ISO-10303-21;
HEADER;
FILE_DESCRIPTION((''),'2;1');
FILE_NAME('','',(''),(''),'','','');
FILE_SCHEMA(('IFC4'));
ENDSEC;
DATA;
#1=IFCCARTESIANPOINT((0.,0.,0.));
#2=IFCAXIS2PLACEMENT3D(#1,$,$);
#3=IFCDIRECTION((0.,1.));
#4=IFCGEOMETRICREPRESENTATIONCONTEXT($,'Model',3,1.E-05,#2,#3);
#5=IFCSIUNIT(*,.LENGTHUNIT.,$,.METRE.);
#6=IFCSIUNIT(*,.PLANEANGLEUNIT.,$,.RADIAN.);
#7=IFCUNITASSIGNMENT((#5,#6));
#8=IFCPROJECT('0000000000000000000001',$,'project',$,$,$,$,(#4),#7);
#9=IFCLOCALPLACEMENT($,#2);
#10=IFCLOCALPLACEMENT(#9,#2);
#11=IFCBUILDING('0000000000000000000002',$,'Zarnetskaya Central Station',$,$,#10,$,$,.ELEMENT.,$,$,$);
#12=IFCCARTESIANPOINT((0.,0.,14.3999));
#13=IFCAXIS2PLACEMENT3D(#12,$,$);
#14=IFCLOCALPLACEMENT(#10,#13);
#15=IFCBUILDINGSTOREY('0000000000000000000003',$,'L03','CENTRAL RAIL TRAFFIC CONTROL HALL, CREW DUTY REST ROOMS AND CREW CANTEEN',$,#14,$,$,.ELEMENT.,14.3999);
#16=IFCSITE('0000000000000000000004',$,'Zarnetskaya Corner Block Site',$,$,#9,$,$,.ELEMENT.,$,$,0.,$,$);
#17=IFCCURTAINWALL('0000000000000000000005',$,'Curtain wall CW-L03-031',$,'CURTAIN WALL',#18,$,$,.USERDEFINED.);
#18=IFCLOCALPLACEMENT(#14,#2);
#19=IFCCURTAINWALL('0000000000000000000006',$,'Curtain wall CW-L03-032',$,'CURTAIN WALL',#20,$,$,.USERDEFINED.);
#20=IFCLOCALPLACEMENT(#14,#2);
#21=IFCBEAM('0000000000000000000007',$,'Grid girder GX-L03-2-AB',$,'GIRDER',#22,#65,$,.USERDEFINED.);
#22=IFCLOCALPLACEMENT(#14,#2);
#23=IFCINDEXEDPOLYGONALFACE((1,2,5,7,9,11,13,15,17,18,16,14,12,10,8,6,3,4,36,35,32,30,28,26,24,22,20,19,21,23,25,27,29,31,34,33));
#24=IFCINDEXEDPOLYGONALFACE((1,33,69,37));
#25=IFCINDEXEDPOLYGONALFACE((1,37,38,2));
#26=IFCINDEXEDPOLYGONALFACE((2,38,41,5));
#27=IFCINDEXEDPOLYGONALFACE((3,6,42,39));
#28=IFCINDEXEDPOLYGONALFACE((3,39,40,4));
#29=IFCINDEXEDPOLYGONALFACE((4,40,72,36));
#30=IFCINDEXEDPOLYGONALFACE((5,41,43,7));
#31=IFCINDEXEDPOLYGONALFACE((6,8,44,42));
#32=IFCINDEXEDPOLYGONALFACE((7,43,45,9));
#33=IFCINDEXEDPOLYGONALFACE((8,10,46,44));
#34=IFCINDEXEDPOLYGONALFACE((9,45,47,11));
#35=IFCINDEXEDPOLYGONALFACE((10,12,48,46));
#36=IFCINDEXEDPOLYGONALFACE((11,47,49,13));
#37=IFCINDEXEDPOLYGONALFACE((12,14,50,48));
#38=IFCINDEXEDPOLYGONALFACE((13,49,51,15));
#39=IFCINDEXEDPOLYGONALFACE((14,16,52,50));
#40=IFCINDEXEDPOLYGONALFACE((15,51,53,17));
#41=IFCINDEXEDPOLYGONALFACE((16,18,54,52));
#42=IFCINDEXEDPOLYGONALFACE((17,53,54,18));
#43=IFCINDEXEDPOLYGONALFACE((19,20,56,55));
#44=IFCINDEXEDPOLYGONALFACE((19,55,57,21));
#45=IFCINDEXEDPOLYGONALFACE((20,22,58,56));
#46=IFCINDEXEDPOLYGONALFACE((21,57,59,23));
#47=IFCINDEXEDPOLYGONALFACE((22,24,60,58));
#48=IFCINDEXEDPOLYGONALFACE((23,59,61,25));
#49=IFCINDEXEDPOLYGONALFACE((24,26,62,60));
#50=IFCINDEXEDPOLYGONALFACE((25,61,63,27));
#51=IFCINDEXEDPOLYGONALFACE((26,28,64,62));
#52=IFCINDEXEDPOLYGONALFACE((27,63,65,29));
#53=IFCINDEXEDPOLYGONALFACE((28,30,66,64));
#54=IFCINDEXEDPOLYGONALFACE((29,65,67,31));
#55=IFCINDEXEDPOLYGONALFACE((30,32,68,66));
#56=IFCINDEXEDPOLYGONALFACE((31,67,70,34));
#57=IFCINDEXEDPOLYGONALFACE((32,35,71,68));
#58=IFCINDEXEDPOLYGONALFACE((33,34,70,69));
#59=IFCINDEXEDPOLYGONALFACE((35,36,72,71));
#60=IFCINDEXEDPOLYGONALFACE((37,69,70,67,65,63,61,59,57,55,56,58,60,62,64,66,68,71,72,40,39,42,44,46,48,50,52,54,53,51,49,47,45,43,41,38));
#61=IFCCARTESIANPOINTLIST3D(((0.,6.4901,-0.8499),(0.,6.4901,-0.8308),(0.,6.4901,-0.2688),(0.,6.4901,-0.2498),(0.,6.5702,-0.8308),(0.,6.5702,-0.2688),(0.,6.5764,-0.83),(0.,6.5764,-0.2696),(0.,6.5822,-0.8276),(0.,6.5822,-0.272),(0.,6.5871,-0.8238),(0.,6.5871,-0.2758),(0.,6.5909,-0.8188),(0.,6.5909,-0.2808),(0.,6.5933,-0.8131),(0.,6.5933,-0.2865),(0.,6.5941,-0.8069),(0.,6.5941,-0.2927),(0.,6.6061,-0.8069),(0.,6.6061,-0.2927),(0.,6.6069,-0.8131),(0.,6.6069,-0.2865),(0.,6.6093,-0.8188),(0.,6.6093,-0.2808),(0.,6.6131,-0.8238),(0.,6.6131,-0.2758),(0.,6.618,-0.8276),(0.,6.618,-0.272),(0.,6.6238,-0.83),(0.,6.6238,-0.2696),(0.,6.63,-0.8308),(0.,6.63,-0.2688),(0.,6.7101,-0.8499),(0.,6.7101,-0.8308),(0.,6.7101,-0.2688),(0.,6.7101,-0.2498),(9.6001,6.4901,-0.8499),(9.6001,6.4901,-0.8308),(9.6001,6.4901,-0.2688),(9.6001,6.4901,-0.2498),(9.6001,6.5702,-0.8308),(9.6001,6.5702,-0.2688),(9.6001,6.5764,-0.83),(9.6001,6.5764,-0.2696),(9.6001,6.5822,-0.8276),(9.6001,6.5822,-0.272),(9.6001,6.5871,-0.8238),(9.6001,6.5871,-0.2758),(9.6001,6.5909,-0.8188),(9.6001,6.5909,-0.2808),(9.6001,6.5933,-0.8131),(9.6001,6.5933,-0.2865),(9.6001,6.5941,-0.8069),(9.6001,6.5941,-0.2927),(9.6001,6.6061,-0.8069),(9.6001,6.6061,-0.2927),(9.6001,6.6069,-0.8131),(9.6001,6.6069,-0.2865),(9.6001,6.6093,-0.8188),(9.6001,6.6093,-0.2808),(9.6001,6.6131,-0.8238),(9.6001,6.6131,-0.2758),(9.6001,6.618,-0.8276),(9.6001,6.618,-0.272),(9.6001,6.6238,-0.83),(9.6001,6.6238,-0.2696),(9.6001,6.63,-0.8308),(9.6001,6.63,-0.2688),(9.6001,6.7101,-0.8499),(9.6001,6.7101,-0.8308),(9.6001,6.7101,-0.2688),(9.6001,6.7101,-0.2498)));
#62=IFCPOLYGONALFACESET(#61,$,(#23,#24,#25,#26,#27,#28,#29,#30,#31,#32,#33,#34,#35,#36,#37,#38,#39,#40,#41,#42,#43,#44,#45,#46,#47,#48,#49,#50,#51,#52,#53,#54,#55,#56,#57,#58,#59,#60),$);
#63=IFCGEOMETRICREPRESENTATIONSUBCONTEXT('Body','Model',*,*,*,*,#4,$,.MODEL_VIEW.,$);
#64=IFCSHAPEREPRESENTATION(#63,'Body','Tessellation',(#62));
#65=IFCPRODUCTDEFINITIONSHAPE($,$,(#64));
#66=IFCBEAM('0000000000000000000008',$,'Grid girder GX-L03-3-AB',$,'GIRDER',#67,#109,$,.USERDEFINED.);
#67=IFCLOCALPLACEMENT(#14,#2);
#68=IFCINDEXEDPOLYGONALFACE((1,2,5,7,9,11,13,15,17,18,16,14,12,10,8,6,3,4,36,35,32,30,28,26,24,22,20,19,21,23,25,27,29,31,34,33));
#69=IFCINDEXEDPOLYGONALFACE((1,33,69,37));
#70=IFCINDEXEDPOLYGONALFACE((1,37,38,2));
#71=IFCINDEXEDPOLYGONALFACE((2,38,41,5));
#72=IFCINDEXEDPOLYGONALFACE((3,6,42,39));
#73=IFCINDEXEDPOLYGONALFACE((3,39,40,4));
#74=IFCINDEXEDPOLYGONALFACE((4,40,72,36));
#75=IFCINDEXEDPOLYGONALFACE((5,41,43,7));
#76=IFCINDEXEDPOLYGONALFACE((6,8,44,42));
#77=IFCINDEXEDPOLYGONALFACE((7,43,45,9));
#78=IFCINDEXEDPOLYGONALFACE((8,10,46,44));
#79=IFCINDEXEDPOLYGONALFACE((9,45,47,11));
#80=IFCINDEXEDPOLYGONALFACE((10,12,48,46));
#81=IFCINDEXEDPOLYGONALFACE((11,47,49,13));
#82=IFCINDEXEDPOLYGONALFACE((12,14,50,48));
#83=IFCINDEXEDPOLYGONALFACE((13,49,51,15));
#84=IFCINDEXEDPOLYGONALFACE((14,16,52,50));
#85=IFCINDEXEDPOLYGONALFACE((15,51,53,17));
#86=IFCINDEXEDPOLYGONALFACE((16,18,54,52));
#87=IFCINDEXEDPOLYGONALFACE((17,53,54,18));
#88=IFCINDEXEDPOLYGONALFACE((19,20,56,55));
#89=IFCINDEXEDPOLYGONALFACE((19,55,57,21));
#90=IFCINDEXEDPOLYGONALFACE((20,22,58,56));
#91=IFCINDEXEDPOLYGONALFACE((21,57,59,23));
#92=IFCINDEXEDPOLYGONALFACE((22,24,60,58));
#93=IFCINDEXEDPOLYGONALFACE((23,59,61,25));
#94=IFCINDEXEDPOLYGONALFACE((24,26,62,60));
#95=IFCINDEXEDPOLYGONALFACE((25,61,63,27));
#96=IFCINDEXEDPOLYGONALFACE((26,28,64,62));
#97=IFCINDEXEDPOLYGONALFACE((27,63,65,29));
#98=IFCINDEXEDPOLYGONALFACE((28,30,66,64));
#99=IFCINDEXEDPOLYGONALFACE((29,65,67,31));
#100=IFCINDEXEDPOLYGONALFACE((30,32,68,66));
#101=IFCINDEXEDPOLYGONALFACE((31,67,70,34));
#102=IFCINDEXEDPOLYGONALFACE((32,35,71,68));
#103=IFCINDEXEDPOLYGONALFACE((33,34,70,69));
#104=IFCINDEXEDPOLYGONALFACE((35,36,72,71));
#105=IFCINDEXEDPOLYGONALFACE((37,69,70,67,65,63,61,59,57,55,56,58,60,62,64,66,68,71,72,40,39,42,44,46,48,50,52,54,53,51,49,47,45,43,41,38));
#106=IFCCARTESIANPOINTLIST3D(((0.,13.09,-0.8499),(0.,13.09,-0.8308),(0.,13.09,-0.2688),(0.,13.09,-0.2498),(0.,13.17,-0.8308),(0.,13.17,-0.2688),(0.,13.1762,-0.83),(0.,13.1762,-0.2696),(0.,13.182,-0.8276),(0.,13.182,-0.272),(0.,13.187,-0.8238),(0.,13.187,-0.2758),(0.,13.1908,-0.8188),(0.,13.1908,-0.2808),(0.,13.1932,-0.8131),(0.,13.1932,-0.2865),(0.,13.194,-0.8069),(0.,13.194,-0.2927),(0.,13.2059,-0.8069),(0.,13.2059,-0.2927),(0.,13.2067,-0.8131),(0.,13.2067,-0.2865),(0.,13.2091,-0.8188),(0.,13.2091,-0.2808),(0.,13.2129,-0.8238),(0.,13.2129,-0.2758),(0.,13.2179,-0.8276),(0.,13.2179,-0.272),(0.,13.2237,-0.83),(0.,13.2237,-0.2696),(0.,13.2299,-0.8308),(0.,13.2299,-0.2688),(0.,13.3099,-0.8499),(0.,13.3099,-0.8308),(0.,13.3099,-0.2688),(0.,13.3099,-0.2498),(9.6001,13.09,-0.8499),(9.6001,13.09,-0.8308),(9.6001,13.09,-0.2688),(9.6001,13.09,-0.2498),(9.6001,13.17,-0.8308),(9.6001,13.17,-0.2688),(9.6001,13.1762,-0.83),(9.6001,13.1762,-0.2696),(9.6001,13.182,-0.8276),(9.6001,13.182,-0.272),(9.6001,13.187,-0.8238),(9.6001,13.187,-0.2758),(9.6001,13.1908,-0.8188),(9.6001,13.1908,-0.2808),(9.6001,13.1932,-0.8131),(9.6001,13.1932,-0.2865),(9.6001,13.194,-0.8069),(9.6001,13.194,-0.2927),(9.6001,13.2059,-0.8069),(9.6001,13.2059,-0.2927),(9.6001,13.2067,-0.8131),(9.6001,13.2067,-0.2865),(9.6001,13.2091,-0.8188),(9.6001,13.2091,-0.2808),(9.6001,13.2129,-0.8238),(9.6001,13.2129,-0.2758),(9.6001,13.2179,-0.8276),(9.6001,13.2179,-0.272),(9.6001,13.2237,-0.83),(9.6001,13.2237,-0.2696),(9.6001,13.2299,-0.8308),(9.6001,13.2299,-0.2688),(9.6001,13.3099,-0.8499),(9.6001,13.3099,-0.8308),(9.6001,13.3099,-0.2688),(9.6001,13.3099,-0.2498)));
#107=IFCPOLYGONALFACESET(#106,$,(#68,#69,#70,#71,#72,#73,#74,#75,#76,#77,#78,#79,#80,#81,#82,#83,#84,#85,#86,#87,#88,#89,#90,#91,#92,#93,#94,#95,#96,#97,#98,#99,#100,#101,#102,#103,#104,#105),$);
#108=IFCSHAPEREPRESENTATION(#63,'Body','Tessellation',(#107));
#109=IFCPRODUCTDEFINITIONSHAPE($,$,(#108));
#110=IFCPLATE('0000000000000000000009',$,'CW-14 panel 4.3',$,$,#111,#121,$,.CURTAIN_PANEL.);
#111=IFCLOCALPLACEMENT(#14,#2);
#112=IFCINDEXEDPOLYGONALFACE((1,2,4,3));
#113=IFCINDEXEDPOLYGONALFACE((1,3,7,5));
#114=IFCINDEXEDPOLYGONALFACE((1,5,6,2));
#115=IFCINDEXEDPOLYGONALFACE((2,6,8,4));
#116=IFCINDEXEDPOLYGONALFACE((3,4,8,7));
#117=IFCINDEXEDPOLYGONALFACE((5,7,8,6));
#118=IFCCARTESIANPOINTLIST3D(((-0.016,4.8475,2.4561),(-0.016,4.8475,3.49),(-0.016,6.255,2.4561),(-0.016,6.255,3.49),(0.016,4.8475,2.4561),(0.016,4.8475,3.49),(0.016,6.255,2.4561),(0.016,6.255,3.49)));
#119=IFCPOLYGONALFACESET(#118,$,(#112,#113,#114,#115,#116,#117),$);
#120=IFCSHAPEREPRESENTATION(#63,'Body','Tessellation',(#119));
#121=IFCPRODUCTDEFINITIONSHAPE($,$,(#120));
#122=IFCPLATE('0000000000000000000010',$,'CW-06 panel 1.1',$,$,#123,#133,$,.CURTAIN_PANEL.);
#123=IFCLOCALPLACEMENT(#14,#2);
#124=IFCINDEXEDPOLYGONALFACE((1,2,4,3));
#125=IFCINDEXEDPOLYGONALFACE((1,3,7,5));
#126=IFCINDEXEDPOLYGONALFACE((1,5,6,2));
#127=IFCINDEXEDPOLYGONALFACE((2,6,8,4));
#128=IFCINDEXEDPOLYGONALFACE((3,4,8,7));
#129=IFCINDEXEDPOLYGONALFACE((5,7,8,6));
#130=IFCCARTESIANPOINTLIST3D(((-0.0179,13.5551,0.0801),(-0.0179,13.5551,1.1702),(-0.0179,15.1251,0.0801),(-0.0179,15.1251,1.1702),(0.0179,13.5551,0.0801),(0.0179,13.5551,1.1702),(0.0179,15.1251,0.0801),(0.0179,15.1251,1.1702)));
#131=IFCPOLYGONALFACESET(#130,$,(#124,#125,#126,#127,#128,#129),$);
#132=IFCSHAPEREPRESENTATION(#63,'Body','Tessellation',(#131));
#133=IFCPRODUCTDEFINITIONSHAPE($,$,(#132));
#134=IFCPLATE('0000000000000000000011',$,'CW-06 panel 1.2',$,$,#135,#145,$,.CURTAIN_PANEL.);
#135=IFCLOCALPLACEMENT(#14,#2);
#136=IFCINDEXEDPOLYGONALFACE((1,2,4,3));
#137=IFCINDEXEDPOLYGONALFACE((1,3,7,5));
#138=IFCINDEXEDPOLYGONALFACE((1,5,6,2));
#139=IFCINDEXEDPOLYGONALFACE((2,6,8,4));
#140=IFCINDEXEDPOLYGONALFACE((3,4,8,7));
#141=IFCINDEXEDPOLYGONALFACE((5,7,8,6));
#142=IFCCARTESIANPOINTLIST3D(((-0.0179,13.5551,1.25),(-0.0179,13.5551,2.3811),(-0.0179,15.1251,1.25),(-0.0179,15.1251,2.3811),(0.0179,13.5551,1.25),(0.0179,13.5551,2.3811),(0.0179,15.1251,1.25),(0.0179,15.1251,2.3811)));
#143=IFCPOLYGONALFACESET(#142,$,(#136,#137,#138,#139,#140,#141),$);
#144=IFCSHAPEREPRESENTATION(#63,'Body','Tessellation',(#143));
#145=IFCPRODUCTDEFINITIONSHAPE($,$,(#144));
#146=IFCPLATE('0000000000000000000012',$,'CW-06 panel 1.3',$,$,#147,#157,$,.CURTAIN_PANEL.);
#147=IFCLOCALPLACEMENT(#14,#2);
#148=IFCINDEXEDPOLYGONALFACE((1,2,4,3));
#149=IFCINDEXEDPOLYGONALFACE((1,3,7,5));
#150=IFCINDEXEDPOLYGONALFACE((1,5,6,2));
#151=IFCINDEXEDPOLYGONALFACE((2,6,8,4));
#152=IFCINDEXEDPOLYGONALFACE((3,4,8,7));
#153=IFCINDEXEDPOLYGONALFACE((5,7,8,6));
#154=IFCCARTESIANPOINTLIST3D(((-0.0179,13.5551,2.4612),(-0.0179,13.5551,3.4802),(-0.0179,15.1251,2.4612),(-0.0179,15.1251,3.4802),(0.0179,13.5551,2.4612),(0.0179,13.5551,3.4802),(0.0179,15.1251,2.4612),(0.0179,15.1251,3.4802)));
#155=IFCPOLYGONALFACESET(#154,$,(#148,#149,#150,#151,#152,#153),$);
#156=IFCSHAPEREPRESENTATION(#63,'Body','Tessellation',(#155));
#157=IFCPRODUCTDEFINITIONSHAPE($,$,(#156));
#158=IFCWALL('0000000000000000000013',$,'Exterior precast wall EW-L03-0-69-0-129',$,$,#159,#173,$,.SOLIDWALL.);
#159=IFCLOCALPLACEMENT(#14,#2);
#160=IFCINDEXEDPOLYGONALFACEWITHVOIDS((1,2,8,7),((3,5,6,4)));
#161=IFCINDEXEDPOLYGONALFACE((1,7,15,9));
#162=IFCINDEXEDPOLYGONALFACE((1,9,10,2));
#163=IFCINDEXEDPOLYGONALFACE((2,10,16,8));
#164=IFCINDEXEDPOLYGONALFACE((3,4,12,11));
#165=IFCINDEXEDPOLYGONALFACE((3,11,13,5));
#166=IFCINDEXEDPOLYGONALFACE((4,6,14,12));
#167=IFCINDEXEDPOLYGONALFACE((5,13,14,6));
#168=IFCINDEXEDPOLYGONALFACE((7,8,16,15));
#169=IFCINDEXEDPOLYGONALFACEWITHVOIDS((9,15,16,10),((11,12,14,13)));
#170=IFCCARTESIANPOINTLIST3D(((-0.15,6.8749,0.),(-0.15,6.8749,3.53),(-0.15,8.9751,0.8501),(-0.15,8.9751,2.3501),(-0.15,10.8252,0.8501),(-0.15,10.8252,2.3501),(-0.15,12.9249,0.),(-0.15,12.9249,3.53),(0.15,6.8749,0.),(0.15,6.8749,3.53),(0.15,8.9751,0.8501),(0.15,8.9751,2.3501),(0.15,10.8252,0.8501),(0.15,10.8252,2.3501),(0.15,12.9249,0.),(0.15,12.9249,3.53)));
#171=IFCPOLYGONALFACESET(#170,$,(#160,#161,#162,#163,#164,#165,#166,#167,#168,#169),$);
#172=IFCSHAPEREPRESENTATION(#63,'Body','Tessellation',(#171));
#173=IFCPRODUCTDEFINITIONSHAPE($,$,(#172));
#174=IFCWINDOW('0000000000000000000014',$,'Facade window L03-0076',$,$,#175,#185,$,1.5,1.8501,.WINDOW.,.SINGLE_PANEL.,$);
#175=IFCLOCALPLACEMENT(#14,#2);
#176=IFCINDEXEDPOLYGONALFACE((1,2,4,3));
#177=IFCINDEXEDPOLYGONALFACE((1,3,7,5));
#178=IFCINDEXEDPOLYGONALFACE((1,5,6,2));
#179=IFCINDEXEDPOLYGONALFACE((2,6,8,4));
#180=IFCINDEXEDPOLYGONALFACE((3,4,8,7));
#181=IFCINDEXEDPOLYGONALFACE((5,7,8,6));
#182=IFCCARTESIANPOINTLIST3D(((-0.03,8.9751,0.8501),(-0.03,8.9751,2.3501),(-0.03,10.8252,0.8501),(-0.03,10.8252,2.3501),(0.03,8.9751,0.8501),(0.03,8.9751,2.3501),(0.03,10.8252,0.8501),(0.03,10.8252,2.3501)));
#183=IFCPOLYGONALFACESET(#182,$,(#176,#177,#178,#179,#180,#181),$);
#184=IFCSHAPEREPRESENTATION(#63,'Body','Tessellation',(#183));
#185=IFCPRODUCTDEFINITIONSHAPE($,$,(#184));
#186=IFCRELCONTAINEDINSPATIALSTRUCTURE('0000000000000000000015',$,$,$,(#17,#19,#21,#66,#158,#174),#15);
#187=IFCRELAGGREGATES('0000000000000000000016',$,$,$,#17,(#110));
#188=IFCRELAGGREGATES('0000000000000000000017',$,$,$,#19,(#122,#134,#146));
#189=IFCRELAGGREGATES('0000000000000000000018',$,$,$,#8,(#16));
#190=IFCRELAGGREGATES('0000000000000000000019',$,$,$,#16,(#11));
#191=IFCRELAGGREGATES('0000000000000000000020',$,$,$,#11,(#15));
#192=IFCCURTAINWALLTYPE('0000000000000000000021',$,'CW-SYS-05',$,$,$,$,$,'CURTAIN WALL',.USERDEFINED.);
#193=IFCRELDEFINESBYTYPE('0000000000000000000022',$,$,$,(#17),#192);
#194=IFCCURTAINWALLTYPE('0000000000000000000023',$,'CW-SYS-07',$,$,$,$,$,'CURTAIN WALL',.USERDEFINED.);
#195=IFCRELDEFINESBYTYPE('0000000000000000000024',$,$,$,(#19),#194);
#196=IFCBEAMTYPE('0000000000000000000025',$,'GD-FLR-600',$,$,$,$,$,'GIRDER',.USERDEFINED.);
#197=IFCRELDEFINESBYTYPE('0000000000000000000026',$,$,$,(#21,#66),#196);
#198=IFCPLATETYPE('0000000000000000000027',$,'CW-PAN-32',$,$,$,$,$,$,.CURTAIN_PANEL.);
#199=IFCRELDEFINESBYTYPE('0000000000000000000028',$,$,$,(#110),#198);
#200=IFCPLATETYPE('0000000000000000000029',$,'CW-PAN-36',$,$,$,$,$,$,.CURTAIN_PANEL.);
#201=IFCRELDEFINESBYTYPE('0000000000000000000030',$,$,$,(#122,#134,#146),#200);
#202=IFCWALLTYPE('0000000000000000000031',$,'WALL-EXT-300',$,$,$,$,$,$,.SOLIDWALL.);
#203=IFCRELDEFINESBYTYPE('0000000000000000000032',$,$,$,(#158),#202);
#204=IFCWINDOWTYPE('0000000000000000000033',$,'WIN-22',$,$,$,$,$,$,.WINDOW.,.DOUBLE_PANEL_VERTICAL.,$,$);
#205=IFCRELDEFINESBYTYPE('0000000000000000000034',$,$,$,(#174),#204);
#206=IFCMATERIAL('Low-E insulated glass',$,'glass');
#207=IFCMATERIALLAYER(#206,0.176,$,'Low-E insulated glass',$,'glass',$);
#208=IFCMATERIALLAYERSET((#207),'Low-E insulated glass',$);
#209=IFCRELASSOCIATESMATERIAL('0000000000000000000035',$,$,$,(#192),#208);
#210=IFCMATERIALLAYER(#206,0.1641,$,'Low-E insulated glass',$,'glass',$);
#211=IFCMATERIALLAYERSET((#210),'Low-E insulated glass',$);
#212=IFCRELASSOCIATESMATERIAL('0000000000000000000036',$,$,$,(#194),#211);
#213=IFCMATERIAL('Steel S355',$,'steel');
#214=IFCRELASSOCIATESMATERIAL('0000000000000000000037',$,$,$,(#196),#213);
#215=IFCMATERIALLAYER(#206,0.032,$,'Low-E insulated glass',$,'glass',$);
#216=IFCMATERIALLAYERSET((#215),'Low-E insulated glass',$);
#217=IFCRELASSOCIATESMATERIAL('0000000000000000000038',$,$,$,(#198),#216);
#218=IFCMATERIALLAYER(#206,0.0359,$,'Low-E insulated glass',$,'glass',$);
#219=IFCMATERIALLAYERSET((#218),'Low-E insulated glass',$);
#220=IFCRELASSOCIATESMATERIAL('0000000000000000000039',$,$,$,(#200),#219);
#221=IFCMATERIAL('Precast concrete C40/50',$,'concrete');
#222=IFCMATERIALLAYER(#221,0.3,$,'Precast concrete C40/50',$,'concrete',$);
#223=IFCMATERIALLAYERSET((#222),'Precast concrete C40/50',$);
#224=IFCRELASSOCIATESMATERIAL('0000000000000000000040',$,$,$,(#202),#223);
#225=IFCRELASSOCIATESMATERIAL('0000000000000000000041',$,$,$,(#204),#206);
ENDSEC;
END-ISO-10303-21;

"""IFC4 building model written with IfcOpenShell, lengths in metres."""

from ifc_helpers import new_model, si_unit, direction, frame, frame_2d, origin, origin_2d, place, context, subcontext, project, spatial, rectangle, i_section, extrude, material, layer, layer_set, material_profile, profile_set, type_object, element, fill, aggregate, save


model = new_model("IFC4")

# Units and contexts
model_context = context("Model", 3, precision=1e-05, world=origin(), true_north=direction((0.0, 1.0)))
body_context = subcontext(model_context, "Body", "Model", "MODEL_VIEW")
ifc_project = project(units=[si_unit("LENGTHUNIT", "METRE"), si_unit("PLANEANGLEUNIT", "RADIAN")], contexts=[model_context])

# Site, building, storey
site_placement = place(None, origin())
site = spatial("IfcSite", under=ifc_project, at=site_placement, Name="Zarnetskaya Corner Block Site", CompositionType="ELEMENT", RefElevation=0.0)
building_placement = place(site_placement, origin())
building = spatial("IfcBuilding", under=site, at=building_placement, Name="Zarnetskaya Central Station", CompositionType="ELEMENT")
storey_placement = place(building_placement, frame((0.0, 0.0, 14.3999)))
storey = spatial("IfcBuildingStorey", under=building, at=storey_placement, Name="L03", Description="CENTRAL RAIL TRAFFIC CONTROL HALL, CREW DUTY REST ROOMS AND CREW CANTEEN", CompositionType="ELEMENT", Elevation=14.3999)

# Shared definitions
ifc_material_1 = material(Name="Steel S355", Category="steel")

# Curtain wall
ifc_material_2 = material(Name="Low-E insulated glass", Category="glass")
ifc_layer_1 = layer(ifc_material_2, 0.176, Name="Low-E insulated glass", Category="glass")
ifc_layer_set_1 = layer_set([ifc_layer_1], Name="Low-E insulated glass")
curtain_wall_type_1 = type_object("IfcCurtainWallType", Name="CW-SYS-05", ElementType="CURTAIN WALL", PredefinedType="USERDEFINED", material=ifc_layer_set_1)
curtain_wall_1_placement = place(storey_placement, origin())
curtain_wall_1 = element("IfcCurtainWall", 1, at=curtain_wall_1_placement, inside=storey, type_object=curtain_wall_type_1, Name="Curtain wall CW-L03-031", ObjectType="CURTAIN WALL", PredefinedType="USERDEFINED")

# Curtain wall
ifc_layer_2 = layer(ifc_material_2, 0.1641, Name="Low-E insulated glass", Category="glass")
ifc_layer_set_2 = layer_set([ifc_layer_2], Name="Low-E insulated glass")
curtain_wall_type_2 = type_object("IfcCurtainWallType", Name="CW-SYS-07", ElementType="CURTAIN WALL", PredefinedType="USERDEFINED", material=ifc_layer_set_2)
curtain_wall_2_placement = place(storey_placement, origin())
curtain_wall_2 = element("IfcCurtainWall", 2, at=curtain_wall_2_placement, inside=storey, type_object=curtain_wall_type_2, Name="Curtain wall CW-L03-032", ObjectType="CURTAIN WALL", PredefinedType="USERDEFINED")

# Beams
ifc_material_profile_1 = material_profile(ifc_material_1, i_section(OverallWidth=0.22, OverallDepth=0.6001, WebThickness=0.012, FlangeThickness=0.019, FilletRadius=0.0239, at=origin_2d()), Name="IPE 600")
ifc_profile_set_1 = profile_set([ifc_material_profile_1], Name="Steel S355")
beam_type_1 = type_object("IfcBeamType", Name="GD-FLR-600", ElementType="GIRDER", PredefinedType="USERDEFINED", material=ifc_profile_set_1)
for number, where, z_axis, x_axis, name in (
    (3, (0.0, 6.6001, -0.5498), (1.0, 0.0, 0.0), (0.0, 1.0, 0.0), "Grid girder GX-L03-2-AB"),
    (4, (0.0, 13.2, -0.5498), (1.0, 0.0, 0.0), (0.0, 1.0, 0.0), "Grid girder GX-L03-3-AB"),
):
    element("IfcBeam", number, at=place(storey_placement, frame(where, z_axis=z_axis, x_axis=x_axis)), inside=storey, type_object=beam_type_1, Name=name, ObjectType="GIRDER", PredefinedType="USERDEFINED", context=body_context, shape_type="SweptSolid", body=[
        extrude(i_section(OverallWidth=0.22, OverallDepth=0.6001, WebThickness=0.012, FlangeThickness=0.019, FilletRadius=0.0239, at=origin_2d()), origin(), (0.0, 0.0, 1.0), 9.6001),
    ])

# Plates
ifc_layer_3 = layer(ifc_material_2, 0.032, Name="Low-E insulated glass", Category="glass")
ifc_layer_set_3 = layer_set([ifc_layer_3], Name="Low-E insulated glass")
plate_type_1 = type_object("IfcPlateType", Name="CW-PAN-32", PredefinedType="CURTAIN_PANEL", material=ifc_layer_set_3)
plate_1_placement = place(storey_placement, frame((0.0, 5.5513, 2.4561), z_axis=(0.0, 0.0, 1.0), x_axis=(0.0, 1.0, 0.0)))
plate_1 = element("IfcPlate", 5, at=plate_1_placement, type_object=plate_type_1, Name="CW-14 panel 4.3", PredefinedType="CURTAIN_PANEL", context=body_context, shape_type="SweptSolid", body=[
    extrude(rectangle(XDim=1.4075, YDim=0.032, at=origin_2d()), origin(), (0.0, 0.0, 1.0), 1.0339),
])
aggregate(curtain_wall_1, [plate_1])
ifc_layer_4 = layer(ifc_material_2, 0.0359, Name="Low-E insulated glass", Category="glass")
ifc_layer_set_4 = layer_set([ifc_layer_4], Name="Low-E insulated glass")
plate_type_2 = type_object("IfcPlateType", Name="CW-PAN-36", PredefinedType="CURTAIN_PANEL", material=ifc_layer_set_4)
plate_2_placement = place(storey_placement, frame((0.0, 14.3401, 0.0801), z_axis=(0.0, 0.0, 1.0), x_axis=(0.0, 1.0, 0.0)))
plate_2 = element("IfcPlate", 6, at=plate_2_placement, type_object=plate_type_2, Name="CW-06 panel 1.1", PredefinedType="CURTAIN_PANEL", context=body_context, shape_type="SweptSolid", body=[
    extrude(rectangle(XDim=1.5701, YDim=0.0359, at=origin_2d()), origin(), (0.0, 0.0, 1.0), 1.0901),
])
plate_3_placement = place(storey_placement, frame((0.0, 14.3401, 1.25), z_axis=(0.0, 0.0, 1.0), x_axis=(0.0, 1.0, 0.0)))
plate_3 = element("IfcPlate", 7, at=plate_3_placement, type_object=plate_type_2, Name="CW-06 panel 1.2", PredefinedType="CURTAIN_PANEL", context=body_context, shape_type="SweptSolid", body=[
    extrude(rectangle(XDim=1.5701, YDim=0.0359, at=origin_2d()), origin(), (0.0, 0.0, 1.0), 1.1311),
])
plate_4_placement = place(storey_placement, frame((0.0, 14.3401, 2.4612), z_axis=(0.0, 0.0, 1.0), x_axis=(0.0, 1.0, 0.0)))
plate_4 = element("IfcPlate", 8, at=plate_4_placement, type_object=plate_type_2, Name="CW-06 panel 1.3", PredefinedType="CURTAIN_PANEL", context=body_context, shape_type="SweptSolid", body=[
    extrude(rectangle(XDim=1.5701, YDim=0.0359, at=origin_2d()), origin(), (0.0, 0.0, 1.0), 1.019),
])
aggregate(curtain_wall_2, [plate_2, plate_3, plate_4])

# Wall, opening, window
ifc_material_3 = material(Name="Precast concrete C40/50", Category="concrete")
ifc_layer_5 = layer(ifc_material_3, 0.3, Name="Precast concrete C40/50", Category="concrete")
ifc_layer_set_5 = layer_set([ifc_layer_5], Name="Precast concrete C40/50")
wall_type = type_object("IfcWallType", Name="WALL-EXT-300", PredefinedType="SOLIDWALL", material=ifc_layer_set_5)
wall_placement = place(storey_placement, frame((0.0, 6.875, 0.0), z_axis=(0.0, 0.0, 1.0), x_axis=(0.0, 1.0, 0.0)))
wall = element("IfcWall", 9, at=wall_placement, inside=storey, type_object=wall_type, Name="Exterior precast wall EW-L03-0-69-0-129", PredefinedType="SOLIDWALL", context=body_context, shape_type="SweptSolid", body=[
    extrude(rectangle(XDim=6.05, YDim=0.3, at=frame_2d((3.0249, 0.0))), origin(), (0.0, 0.0, 1.0), 3.53),
])
opening_placement = place(wall_placement, frame((2.1001, 0.0, 0.8501)))
opening = element("IfcOpeningElement", 10, at=opening_placement, cuts=wall, PredefinedType="OPENING", context=body_context, shape_type="SweptSolid", body=[
    extrude(rectangle(XDim=1.8501, YDim=1.5, at=frame_2d((0.925, 0.75))), frame((0.0, 0.1602, 0.0), z_axis=(0.0, -1.0, 0.0), x_axis=(1.0, 0.0, 0.0)), (0.0, 0.0, 1.0), 0.3201),
])
window_type = type_object("IfcWindowType", Name="WIN-22", PartitioningType="DOUBLE_PANEL_VERTICAL", PredefinedType="WINDOW", material=ifc_material_2)
window_placement = place(opening_placement, origin())
window = element("IfcWindow", 11, at=window_placement, inside=storey, type_object=window_type, Name="Facade window L03-0076", OverallHeight=1.5, OverallWidth=1.8501, PartitioningType="SINGLE_PANEL", PredefinedType="WINDOW", context=body_context, shape_type="SweptSolid", body=[
    extrude(rectangle(XDim=1.8501, YDim=1.5, at=frame_2d((0.925, 0.75))), frame((0.0, 0.03, 0.0), z_axis=(0.0, -1.0, 0.0), x_axis=(1.0, 0.0, 0.0)), (0.0, 0.0, 1.0), 0.0601),
])
fill(opening, window)

save(model, "model.ifc")
